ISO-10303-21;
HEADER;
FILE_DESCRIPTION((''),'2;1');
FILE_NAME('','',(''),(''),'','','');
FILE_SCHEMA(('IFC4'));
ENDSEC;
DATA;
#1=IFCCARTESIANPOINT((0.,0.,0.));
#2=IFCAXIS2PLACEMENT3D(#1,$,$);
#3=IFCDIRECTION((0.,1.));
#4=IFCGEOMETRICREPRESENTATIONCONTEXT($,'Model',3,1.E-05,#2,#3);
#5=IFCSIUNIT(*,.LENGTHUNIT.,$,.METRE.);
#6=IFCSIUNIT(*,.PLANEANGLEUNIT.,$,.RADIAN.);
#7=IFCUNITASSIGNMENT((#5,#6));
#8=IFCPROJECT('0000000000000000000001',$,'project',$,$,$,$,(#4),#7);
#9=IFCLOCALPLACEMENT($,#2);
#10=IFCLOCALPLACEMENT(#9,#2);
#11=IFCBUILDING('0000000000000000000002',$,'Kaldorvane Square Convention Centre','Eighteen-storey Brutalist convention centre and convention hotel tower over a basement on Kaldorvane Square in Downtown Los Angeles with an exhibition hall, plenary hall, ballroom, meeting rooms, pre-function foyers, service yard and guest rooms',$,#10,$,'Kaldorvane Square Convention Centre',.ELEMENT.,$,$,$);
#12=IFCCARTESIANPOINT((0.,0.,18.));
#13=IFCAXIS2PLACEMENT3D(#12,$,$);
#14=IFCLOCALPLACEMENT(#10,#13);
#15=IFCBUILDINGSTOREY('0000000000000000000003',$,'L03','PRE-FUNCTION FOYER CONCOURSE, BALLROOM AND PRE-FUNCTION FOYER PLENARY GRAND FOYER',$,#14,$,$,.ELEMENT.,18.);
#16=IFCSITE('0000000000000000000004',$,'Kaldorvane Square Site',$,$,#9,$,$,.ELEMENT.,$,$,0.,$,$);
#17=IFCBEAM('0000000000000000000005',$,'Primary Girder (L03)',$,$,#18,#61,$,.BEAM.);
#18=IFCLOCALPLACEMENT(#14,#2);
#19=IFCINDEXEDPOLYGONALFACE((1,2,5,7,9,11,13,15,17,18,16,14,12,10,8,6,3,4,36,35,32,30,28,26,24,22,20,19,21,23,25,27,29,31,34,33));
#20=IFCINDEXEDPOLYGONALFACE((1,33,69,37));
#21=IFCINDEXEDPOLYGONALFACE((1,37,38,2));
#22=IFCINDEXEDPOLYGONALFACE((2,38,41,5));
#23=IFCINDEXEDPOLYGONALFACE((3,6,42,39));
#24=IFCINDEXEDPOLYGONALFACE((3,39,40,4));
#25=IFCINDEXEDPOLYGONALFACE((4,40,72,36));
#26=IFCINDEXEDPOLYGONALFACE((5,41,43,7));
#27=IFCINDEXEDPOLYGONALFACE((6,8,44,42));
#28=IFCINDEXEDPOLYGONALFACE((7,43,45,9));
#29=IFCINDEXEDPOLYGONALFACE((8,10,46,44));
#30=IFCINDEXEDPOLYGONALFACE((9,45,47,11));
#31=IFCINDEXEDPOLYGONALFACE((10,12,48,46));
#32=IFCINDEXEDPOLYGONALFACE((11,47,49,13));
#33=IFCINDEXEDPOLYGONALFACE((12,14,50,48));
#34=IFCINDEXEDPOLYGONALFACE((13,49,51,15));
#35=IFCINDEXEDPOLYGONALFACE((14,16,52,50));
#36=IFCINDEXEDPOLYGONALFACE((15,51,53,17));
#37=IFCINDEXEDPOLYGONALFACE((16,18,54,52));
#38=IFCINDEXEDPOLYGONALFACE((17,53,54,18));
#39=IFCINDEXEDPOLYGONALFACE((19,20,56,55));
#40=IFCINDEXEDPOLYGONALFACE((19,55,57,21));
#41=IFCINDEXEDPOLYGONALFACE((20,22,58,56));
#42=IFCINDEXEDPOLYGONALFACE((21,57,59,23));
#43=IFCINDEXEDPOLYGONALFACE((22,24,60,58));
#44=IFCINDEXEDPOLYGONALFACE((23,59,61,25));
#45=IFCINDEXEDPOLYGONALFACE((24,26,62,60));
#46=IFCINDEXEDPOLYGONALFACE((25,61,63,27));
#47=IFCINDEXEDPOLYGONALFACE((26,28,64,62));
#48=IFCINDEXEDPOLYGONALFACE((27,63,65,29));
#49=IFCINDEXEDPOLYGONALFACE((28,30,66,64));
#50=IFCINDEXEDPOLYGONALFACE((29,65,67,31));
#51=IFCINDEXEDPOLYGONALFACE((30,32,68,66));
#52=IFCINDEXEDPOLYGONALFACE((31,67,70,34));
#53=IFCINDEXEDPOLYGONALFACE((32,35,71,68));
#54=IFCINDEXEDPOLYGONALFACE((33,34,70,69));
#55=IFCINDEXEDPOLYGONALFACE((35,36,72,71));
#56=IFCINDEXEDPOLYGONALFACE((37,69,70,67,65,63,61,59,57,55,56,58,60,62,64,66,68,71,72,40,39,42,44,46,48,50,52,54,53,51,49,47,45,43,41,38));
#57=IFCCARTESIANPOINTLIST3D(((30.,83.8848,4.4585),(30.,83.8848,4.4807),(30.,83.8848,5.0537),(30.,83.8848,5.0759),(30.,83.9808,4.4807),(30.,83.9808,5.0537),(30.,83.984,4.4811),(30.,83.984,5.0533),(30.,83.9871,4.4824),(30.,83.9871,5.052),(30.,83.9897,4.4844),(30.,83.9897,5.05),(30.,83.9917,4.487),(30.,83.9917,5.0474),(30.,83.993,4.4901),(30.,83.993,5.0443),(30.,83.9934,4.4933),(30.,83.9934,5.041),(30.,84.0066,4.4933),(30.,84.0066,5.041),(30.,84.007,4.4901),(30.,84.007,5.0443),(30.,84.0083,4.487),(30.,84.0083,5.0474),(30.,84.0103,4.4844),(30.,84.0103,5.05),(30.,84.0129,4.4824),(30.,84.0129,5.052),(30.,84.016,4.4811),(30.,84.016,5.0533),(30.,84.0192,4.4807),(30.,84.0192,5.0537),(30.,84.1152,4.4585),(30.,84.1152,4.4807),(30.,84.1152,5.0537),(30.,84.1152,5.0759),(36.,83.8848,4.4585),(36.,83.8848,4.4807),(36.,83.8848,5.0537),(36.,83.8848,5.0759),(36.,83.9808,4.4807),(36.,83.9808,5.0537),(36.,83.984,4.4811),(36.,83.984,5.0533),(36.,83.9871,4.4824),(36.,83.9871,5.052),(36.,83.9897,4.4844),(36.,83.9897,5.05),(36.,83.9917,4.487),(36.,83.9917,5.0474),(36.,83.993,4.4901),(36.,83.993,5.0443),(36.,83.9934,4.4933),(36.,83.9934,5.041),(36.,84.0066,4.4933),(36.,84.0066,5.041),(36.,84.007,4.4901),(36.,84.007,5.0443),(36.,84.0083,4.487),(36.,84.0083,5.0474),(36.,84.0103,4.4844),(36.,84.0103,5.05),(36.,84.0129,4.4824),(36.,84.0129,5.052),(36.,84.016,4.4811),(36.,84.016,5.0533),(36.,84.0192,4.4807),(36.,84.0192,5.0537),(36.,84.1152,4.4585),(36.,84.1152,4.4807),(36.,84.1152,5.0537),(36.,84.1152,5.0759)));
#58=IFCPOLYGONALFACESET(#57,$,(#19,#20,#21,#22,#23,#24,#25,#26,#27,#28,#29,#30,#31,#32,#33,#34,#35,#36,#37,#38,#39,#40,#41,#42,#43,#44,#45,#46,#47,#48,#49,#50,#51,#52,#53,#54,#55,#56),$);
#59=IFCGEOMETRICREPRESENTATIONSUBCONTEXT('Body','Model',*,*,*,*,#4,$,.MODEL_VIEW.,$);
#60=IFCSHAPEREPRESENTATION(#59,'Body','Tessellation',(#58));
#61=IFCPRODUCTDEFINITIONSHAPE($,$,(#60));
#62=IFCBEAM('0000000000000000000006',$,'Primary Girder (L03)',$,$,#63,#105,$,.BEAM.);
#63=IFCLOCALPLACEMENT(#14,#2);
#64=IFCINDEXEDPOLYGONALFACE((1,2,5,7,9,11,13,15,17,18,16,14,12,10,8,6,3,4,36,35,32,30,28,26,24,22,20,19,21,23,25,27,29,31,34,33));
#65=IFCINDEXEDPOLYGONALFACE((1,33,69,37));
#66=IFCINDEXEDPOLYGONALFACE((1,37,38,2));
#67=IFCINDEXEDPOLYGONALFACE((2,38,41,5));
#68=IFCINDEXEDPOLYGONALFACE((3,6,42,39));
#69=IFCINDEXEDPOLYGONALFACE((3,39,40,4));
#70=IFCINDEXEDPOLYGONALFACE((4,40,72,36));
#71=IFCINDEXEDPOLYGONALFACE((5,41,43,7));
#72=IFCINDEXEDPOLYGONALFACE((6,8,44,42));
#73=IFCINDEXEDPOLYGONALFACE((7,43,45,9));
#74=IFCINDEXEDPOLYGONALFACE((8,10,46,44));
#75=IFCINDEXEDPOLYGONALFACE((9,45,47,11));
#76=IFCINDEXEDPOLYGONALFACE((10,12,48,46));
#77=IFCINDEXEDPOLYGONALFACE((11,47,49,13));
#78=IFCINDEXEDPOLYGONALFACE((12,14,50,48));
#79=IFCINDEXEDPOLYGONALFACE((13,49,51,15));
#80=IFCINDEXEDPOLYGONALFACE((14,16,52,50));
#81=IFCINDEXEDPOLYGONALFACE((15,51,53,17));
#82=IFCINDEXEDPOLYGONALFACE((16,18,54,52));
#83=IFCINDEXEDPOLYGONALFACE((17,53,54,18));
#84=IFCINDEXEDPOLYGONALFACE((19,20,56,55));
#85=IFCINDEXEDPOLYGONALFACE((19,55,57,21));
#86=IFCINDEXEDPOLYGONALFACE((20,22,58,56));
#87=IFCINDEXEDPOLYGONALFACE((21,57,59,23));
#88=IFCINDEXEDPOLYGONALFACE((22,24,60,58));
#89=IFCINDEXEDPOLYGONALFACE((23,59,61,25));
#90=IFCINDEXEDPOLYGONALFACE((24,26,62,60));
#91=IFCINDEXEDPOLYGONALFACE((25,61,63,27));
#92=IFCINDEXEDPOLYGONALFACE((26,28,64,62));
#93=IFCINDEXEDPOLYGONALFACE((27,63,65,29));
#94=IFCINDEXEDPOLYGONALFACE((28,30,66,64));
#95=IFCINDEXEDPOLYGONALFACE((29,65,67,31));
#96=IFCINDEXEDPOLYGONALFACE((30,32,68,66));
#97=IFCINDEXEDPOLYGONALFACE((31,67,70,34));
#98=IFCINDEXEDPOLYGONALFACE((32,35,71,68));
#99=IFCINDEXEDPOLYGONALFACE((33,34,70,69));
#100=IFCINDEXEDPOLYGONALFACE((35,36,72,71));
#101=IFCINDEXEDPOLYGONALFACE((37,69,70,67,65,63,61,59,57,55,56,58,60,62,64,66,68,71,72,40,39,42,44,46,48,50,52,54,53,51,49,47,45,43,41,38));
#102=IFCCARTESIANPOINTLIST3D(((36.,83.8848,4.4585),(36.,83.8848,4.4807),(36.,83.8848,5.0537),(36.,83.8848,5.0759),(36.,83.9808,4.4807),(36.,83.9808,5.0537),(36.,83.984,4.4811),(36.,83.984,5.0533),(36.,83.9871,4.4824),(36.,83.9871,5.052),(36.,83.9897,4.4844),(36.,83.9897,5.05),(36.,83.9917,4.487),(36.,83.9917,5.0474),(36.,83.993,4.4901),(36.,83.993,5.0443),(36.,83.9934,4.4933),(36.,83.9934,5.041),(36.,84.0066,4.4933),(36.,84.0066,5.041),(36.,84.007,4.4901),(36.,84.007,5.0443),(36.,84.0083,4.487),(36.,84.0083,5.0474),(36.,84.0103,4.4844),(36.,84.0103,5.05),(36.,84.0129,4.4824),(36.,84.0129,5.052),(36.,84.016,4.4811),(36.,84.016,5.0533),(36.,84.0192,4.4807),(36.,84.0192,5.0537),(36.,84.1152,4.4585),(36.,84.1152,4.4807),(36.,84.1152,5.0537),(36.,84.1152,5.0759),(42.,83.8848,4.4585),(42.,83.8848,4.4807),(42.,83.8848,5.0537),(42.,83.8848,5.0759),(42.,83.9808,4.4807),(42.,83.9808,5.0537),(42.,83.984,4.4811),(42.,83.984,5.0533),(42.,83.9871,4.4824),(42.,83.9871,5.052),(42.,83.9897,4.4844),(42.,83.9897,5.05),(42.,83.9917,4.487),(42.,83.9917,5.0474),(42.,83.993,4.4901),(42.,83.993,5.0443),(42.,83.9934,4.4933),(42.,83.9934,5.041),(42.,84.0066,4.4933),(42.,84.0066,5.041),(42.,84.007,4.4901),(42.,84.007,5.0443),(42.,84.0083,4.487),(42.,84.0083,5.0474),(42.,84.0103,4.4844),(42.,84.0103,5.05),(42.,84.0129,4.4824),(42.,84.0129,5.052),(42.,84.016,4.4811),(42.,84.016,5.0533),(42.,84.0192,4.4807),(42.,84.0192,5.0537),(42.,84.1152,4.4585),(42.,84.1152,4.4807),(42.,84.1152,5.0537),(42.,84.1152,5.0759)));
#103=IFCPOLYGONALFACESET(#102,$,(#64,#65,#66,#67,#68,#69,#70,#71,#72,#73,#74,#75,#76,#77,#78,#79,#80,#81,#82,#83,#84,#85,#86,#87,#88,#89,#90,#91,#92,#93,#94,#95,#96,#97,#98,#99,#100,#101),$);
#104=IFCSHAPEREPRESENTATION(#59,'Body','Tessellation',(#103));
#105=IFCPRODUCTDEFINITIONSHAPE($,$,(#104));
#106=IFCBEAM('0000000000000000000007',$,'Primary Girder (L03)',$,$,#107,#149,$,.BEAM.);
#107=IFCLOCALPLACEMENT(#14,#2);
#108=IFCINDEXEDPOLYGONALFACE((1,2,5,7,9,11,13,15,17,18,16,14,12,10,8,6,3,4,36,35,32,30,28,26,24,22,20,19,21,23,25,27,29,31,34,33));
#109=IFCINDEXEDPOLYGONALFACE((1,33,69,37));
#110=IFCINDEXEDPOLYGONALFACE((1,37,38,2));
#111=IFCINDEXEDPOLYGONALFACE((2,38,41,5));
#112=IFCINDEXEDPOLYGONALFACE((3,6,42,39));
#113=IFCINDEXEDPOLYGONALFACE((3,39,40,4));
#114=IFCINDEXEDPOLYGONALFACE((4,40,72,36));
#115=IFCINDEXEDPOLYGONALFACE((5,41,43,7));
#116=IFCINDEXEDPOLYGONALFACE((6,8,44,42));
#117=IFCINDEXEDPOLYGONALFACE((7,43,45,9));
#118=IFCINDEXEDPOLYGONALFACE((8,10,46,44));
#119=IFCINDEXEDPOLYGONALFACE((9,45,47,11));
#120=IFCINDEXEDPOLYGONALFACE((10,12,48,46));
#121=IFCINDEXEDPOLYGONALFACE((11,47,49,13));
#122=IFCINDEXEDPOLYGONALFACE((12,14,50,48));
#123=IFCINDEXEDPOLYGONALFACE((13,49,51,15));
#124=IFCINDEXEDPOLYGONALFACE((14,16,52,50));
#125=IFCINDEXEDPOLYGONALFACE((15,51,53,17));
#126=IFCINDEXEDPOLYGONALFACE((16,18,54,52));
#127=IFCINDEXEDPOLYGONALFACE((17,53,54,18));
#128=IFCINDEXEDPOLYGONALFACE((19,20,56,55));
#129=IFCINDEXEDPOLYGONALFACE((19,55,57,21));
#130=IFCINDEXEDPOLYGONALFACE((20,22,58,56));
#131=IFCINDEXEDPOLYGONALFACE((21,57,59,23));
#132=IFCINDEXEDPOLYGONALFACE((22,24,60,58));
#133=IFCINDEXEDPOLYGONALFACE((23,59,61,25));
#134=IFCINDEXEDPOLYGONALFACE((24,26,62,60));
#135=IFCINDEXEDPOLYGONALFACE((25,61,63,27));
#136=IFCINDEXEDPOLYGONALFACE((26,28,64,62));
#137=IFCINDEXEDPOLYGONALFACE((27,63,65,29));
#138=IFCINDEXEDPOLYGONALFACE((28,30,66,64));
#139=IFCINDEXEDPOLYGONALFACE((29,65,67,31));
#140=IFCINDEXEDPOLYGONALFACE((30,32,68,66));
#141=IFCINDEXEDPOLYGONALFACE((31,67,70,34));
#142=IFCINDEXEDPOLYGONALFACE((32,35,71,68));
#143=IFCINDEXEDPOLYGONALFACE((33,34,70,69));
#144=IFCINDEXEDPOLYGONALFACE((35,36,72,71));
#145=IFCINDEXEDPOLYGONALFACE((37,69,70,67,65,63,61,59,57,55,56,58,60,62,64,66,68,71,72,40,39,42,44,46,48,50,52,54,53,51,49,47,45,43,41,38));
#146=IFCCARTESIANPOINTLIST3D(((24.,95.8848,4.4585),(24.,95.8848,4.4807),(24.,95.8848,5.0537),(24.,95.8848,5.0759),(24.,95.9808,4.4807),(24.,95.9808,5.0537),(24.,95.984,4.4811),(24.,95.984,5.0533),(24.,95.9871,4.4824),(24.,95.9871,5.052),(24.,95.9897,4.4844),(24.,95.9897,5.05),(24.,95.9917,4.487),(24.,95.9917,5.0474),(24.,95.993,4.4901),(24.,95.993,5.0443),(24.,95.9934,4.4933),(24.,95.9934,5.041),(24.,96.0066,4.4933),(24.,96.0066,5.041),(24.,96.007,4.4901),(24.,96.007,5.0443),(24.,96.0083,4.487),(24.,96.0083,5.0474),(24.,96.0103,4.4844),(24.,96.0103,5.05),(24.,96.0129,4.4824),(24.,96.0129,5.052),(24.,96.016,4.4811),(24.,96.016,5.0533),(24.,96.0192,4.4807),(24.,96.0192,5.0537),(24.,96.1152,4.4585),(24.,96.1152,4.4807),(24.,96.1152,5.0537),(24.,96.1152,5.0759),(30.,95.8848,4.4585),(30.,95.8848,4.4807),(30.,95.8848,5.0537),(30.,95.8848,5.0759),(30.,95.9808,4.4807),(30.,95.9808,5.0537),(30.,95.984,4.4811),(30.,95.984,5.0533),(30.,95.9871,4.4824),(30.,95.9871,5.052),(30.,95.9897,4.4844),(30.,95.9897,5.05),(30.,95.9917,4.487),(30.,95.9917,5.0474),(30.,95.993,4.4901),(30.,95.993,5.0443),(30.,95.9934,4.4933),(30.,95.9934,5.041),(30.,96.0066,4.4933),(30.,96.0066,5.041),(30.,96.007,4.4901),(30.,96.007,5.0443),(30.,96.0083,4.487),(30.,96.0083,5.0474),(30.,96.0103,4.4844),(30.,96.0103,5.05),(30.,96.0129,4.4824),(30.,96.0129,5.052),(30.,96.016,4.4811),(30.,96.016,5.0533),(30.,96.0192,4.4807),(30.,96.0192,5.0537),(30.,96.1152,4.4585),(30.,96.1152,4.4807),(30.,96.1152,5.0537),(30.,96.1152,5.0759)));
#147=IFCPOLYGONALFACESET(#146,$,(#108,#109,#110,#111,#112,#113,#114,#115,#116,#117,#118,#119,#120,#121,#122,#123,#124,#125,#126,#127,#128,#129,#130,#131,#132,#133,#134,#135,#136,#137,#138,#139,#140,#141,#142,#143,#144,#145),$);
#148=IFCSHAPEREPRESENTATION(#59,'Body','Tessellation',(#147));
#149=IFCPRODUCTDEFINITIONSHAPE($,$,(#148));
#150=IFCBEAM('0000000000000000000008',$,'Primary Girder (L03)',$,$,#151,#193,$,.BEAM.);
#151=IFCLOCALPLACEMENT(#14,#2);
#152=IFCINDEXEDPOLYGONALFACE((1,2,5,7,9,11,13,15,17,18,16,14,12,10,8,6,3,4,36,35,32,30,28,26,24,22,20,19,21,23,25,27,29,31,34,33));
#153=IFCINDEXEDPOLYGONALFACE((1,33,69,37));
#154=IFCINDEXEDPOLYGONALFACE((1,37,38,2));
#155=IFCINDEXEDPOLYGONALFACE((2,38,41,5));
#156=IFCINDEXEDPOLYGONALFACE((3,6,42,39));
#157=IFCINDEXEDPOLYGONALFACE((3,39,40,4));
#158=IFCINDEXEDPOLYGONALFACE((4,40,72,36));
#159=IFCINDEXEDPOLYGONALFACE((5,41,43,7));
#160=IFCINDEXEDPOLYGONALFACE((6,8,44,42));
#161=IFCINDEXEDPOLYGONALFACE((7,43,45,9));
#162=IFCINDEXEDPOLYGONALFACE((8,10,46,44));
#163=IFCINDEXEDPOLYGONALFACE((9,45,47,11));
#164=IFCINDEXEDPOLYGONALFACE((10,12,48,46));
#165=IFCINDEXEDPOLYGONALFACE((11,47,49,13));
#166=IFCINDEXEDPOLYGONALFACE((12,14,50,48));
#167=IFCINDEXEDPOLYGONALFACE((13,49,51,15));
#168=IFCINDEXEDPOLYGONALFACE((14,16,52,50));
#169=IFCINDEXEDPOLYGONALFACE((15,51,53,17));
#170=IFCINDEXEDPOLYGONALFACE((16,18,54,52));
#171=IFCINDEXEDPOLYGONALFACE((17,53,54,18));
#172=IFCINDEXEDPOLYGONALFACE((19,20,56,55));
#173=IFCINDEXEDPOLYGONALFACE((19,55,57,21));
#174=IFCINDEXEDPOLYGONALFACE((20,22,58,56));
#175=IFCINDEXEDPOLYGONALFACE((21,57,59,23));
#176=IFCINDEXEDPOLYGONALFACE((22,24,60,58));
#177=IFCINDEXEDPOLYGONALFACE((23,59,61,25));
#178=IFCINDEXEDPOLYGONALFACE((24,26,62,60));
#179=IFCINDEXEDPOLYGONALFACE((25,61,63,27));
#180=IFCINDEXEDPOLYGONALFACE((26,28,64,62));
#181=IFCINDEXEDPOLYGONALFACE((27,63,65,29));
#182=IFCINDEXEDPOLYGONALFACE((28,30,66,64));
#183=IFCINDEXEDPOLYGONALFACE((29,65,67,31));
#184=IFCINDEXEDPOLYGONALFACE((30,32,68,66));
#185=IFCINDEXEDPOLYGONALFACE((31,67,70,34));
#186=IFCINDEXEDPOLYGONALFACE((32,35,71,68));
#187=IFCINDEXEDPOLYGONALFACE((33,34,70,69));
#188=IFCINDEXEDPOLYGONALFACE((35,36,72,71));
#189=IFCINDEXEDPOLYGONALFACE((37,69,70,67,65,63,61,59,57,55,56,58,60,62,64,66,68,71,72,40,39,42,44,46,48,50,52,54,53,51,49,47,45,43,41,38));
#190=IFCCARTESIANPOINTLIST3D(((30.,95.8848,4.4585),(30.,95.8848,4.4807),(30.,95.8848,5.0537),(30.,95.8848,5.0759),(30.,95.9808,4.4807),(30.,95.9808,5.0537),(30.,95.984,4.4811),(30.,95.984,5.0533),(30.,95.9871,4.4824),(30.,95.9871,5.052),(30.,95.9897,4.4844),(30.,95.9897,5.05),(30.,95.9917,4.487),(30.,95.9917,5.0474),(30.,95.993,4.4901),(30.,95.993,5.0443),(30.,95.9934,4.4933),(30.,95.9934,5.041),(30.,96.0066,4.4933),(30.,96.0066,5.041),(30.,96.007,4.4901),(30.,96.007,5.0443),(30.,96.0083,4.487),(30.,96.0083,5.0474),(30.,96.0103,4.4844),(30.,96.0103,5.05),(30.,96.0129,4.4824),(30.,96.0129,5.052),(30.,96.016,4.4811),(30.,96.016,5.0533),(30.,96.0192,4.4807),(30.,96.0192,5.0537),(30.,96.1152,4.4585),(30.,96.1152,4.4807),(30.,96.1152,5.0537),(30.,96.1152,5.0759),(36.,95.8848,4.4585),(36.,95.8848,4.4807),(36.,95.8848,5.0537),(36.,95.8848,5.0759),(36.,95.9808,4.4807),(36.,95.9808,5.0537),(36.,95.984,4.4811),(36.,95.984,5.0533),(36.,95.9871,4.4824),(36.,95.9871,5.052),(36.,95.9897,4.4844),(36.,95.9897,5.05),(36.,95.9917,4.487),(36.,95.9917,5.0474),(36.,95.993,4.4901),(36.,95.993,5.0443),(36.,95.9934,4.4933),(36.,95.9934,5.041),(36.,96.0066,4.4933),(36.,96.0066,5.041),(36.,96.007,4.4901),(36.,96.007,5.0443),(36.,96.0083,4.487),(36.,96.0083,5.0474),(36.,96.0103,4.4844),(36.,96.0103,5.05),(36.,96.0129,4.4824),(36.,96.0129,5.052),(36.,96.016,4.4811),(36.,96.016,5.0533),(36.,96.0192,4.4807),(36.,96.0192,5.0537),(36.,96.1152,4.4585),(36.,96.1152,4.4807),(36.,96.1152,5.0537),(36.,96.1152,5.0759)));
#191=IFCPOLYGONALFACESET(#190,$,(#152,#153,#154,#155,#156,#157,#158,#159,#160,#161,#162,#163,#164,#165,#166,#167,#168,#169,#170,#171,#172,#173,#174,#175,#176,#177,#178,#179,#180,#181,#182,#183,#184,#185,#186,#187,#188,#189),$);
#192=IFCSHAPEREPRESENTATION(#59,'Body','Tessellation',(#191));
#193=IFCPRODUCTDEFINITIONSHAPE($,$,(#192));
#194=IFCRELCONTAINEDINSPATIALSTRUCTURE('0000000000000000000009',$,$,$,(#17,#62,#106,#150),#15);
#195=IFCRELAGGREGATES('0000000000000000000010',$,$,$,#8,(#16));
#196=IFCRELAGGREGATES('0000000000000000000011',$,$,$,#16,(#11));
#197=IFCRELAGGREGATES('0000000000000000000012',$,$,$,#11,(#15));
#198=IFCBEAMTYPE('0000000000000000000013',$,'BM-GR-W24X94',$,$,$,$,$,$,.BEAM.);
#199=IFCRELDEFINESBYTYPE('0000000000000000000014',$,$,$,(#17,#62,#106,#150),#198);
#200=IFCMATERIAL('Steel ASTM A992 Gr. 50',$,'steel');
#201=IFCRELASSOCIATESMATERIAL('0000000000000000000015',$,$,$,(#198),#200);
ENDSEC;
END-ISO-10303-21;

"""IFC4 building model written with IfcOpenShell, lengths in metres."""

from ifc_helpers import new_model, si_unit, direction, frame, origin, origin_2d, place, context, subcontext, project, spatial, i_section, extrude, material, material_profile, profile_set, type_object, element, save


model = new_model("IFC4")

# Units and contexts
model_context = context("Model", 3, precision=1e-05, world=origin(), true_north=direction((0.0, 1.0)))
body_context = subcontext(model_context, "Body", "Model", "MODEL_VIEW")
ifc_project = project(units=[si_unit("LENGTHUNIT", "METRE"), si_unit("PLANEANGLEUNIT", "RADIAN")], contexts=[model_context])

# Site, building, storey
site_placement = place(None, origin())
site = spatial("IfcSite", under=ifc_project, at=site_placement, Name="Kaldorvane Square Site", CompositionType="ELEMENT", RefElevation=0.0)
building_placement = place(site_placement, origin())
building = spatial("IfcBuilding", under=site, at=building_placement, Name="Kaldorvane Square Convention Centre", Description="Eighteen-storey Brutalist convention centre and convention hotel tower over a basement on Kaldorvane Square in Downtown Los Angeles with an exhibition hall, plenary hall, ballroom, meeting rooms, pre-function foyers, service yard and guest rooms", LongName="Kaldorvane Square Convention Centre", CompositionType="ELEMENT")
storey_placement = place(building_placement, frame((0.0, 0.0, 18.0)))
storey = spatial("IfcBuildingStorey", under=building, at=storey_placement, Name="L03", Description="PRE-FUNCTION FOYER CONCOURSE, BALLROOM AND PRE-FUNCTION FOYER PLENARY GRAND FOYER", CompositionType="ELEMENT", Elevation=18.0)

# Shared definitions
ifc_material_1 = material(Name="Steel ASTM A992 Gr. 50", Category="steel")

# Beams
ifc_material_profile_1 = material_profile(ifc_material_1, i_section(OverallWidth=0.2303, OverallDepth=0.6175, WebThickness=0.0131, FlangeThickness=0.0222, FilletRadius=0.0127, at=origin_2d()), Name="W24X94")
ifc_profile_set_1 = profile_set([ifc_material_profile_1], Name="Steel ASTM A992 Gr. 50")
beam_type_1 = type_object("IfcBeamType", Name="BM-GR-W24X94", PredefinedType="BEAM", material=ifc_profile_set_1)
for number, where, z_axis, x_axis, name in (
    (1, (30.0, 84.0, 4.7672), (1.0, 0.0, 0.0), (0.0, 1.0, 0.0), "Primary Girder (L03)"),
    (2, (36.0, 84.0, 4.7672), (1.0, 0.0, 0.0), (0.0, 1.0, 0.0), "Primary Girder (L03)"),
    (3, (24.0, 96.0, 4.7672), (1.0, 0.0, 0.0), (0.0, 1.0, 0.0), "Primary Girder (L03)"),
    (4, (30.0, 96.0, 4.7672), (1.0, 0.0, 0.0), (0.0, 1.0, 0.0), "Primary Girder (L03)"),
):
    element("IfcBeam", number, at=place(storey_placement, frame(where, z_axis=z_axis, x_axis=x_axis)), inside=storey, type_object=beam_type_1, Name=name, PredefinedType="BEAM", context=body_context, shape_type="SweptSolid", body=[
        extrude(i_section(OverallWidth=0.2303, OverallDepth=0.6175, WebThickness=0.0131, FlangeThickness=0.0222, FilletRadius=0.0127, at=origin_2d()), origin(), (0.0, 0.0, 1.0), 6.0),
    ])

save(model, "model.ifc")
